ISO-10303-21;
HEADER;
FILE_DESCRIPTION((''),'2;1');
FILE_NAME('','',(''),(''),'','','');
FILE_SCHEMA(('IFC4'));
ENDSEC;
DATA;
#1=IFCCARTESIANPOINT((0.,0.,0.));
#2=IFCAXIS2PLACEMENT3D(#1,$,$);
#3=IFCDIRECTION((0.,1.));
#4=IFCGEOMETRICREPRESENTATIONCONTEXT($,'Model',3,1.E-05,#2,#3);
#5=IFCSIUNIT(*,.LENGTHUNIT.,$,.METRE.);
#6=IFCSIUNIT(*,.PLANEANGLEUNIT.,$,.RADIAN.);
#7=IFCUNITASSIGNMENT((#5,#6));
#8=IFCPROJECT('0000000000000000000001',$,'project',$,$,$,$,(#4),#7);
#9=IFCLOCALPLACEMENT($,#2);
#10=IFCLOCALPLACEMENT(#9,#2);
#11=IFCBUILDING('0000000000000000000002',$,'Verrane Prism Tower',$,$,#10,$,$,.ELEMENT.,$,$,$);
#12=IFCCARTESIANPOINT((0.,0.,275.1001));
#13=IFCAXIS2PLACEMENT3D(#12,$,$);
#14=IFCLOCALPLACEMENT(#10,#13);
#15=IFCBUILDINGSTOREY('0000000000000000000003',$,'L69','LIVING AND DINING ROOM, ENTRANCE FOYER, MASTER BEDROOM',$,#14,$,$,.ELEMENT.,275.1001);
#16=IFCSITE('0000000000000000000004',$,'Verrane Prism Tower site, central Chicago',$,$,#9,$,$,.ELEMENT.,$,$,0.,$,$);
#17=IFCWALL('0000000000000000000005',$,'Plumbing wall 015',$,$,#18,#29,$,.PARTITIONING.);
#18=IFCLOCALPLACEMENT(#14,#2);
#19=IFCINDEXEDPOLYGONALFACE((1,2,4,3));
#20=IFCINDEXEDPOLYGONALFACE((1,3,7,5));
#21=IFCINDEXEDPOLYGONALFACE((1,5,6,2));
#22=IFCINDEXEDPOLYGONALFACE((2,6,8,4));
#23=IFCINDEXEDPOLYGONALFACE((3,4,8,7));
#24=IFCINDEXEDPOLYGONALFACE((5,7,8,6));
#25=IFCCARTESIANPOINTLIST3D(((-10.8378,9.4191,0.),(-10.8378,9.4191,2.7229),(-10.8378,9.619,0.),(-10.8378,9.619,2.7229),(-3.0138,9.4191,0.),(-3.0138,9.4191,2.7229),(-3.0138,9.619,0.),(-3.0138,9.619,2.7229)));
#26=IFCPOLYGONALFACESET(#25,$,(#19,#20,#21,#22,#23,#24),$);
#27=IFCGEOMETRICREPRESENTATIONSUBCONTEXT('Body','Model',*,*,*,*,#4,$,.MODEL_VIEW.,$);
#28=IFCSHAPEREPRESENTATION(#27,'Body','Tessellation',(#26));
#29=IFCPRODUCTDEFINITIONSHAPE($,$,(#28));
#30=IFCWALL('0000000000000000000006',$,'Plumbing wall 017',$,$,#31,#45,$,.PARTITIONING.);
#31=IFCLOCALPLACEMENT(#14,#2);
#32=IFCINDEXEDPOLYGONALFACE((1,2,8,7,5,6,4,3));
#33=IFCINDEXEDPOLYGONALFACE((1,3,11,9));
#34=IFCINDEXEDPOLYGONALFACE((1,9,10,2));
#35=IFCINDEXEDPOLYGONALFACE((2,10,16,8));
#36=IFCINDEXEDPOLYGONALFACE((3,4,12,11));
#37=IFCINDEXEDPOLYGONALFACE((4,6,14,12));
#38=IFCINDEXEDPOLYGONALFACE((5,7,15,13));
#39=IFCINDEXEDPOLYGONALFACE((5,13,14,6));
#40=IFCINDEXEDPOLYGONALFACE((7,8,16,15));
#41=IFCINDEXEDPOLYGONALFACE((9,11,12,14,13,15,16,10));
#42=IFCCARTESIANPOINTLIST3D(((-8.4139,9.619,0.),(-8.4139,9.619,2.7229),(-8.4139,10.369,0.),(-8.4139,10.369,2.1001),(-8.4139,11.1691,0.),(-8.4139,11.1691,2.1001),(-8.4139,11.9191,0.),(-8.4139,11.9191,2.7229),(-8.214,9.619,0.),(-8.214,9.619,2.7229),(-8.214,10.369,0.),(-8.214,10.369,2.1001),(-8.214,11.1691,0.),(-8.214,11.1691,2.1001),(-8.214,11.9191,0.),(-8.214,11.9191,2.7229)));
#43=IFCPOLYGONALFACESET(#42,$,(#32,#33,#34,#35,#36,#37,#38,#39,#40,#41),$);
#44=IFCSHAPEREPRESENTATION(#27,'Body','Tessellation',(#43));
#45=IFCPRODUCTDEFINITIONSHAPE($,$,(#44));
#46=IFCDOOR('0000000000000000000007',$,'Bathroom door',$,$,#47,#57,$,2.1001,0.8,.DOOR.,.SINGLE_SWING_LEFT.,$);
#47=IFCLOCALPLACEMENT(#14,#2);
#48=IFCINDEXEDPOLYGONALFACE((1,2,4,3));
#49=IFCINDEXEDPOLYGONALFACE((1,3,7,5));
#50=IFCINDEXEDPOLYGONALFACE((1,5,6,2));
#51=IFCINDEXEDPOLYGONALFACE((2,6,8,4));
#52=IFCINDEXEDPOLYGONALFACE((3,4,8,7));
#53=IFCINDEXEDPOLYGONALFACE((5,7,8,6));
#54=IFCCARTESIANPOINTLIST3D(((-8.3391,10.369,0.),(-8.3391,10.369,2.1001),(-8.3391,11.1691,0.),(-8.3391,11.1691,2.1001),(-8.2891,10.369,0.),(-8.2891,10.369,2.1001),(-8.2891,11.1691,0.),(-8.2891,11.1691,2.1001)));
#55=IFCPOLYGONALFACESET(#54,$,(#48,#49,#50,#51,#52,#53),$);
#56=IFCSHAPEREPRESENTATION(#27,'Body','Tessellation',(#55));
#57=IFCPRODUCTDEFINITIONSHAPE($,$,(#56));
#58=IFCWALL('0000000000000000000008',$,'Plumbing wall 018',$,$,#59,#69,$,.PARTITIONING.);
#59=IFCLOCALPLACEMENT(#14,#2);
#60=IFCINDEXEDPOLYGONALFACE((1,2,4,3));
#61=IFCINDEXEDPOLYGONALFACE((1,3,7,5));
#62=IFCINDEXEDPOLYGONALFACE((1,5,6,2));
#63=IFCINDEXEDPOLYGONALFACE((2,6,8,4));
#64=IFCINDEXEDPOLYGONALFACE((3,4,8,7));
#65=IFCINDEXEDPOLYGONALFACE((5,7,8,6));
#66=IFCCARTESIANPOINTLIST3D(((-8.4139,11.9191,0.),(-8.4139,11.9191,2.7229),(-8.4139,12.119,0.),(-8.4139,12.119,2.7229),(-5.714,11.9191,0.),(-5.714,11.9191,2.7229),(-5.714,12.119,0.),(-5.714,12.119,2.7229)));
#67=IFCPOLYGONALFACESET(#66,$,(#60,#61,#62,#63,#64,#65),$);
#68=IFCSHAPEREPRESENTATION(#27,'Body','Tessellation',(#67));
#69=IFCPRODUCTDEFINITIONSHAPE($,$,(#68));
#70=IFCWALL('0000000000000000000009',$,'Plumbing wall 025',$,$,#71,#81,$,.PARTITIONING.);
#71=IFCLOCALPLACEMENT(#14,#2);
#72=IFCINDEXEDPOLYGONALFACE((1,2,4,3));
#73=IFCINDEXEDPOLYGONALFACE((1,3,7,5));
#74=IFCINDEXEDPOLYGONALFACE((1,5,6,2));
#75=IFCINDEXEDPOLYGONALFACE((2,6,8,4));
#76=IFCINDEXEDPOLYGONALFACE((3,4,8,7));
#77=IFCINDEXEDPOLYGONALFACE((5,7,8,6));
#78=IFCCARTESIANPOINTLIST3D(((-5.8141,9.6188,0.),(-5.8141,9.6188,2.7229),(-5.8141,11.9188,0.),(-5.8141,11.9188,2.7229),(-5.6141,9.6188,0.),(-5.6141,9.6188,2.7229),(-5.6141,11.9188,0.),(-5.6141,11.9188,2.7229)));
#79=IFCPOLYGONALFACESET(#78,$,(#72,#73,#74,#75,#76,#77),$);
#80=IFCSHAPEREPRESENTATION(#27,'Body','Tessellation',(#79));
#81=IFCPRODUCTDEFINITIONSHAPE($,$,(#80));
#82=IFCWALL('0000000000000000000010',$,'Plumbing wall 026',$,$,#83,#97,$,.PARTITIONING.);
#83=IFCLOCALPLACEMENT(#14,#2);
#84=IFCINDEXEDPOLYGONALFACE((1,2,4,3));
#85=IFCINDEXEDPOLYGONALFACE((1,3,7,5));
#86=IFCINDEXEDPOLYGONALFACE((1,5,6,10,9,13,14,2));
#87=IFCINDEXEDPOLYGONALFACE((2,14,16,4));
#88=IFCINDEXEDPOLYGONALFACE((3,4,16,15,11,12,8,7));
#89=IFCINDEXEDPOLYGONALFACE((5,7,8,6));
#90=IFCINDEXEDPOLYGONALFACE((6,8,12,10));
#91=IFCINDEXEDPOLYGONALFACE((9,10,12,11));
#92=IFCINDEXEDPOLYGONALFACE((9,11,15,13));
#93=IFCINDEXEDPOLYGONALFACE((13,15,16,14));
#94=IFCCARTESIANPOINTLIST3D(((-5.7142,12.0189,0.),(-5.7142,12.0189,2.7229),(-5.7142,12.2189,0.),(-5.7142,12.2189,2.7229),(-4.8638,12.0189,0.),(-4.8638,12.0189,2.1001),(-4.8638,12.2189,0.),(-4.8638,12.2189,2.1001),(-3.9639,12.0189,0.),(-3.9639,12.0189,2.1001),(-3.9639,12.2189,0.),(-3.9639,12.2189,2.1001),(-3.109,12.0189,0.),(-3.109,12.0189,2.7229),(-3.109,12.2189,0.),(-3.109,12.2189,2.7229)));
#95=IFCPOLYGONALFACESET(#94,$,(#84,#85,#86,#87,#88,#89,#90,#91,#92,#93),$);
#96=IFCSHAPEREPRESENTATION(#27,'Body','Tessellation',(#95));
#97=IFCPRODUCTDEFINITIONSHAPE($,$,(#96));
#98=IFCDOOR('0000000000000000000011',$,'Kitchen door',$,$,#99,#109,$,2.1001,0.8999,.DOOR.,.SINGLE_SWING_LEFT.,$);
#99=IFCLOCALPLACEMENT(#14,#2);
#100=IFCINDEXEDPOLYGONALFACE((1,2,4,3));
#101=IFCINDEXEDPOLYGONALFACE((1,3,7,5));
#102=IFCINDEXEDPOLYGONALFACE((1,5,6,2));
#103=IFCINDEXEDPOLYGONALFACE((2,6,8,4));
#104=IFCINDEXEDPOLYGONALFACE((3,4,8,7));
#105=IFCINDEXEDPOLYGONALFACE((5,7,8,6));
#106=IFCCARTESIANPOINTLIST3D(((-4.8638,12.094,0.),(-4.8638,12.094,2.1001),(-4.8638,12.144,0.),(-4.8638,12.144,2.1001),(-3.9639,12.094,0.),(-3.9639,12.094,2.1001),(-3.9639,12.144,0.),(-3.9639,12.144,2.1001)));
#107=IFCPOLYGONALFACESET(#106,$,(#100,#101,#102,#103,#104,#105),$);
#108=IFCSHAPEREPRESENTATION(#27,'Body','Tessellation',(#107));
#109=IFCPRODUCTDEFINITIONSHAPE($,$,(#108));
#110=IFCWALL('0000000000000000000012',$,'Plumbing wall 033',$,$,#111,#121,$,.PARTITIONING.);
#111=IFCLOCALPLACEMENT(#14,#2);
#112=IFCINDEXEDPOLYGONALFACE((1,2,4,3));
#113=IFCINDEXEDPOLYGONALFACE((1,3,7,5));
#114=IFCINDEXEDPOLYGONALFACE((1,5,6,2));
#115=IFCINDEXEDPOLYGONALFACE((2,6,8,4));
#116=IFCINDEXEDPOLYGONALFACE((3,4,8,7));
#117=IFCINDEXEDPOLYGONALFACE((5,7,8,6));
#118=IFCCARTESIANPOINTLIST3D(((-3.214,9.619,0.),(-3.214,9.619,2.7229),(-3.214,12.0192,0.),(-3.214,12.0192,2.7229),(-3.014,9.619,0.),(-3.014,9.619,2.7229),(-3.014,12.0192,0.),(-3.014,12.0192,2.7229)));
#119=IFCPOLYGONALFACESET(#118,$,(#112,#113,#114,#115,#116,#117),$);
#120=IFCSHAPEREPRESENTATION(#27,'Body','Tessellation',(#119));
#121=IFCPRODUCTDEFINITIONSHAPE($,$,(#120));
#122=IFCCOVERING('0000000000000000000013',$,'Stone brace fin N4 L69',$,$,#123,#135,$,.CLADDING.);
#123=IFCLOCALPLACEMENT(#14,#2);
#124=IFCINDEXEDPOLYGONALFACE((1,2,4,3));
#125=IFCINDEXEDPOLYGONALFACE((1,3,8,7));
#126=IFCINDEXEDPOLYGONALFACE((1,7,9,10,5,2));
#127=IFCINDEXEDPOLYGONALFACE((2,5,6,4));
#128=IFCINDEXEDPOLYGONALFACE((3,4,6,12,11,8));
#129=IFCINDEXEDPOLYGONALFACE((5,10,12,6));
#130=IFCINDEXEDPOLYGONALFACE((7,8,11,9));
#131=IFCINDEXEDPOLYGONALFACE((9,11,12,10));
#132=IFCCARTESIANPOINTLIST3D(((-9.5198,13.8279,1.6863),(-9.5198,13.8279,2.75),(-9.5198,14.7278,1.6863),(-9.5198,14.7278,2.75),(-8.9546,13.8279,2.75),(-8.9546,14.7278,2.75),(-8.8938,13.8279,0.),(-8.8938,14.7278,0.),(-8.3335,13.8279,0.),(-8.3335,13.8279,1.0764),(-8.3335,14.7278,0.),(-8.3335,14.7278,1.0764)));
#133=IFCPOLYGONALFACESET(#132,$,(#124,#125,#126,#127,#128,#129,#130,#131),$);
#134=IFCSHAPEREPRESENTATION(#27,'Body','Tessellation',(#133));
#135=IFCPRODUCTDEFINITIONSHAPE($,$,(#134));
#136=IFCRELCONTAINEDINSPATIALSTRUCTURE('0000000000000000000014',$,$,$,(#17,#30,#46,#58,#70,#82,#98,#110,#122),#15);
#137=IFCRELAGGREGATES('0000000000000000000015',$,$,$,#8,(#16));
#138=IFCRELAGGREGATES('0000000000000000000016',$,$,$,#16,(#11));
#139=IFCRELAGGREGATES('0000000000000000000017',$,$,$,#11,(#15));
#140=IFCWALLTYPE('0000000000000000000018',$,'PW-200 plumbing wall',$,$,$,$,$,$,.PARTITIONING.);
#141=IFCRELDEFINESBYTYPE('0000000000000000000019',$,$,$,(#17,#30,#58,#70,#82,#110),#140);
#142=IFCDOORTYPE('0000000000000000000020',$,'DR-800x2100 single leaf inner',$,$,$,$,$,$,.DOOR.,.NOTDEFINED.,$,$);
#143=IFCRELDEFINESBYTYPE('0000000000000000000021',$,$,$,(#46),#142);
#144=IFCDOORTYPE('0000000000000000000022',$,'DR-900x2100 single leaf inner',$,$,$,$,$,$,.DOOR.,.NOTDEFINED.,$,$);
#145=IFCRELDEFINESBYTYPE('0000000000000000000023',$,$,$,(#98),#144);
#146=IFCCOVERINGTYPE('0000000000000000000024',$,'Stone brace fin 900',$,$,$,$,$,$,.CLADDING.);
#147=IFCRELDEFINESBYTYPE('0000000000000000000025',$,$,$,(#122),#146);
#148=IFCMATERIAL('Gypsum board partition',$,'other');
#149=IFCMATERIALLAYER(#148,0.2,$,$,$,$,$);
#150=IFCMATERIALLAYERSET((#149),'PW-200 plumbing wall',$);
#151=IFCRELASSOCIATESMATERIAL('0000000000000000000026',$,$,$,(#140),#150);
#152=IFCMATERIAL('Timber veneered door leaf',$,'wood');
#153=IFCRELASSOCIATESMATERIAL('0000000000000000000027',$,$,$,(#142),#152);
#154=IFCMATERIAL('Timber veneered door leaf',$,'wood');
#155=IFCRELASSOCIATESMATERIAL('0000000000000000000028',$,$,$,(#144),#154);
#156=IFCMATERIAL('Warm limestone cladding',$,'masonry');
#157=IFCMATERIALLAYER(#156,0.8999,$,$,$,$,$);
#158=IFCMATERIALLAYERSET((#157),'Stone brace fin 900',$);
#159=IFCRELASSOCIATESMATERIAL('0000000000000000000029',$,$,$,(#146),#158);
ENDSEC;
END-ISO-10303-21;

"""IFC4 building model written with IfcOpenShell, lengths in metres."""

from ifc_helpers import new_model, si_unit, direction, frame, frame_2d, origin, place, context, subcontext, project, spatial, polyline, rectangle, outline, extrude, material, layer, layer_set, type_object, element, fill, save


model = new_model("IFC4")

# Units and contexts
model_context = context("Model", 3, precision=1e-05, world=origin(), true_north=direction((0.0, 1.0)))
body_context = subcontext(model_context, "Body", "Model", "MODEL_VIEW")
ifc_project = project(units=[si_unit("LENGTHUNIT", "METRE"), si_unit("PLANEANGLEUNIT", "RADIAN")], contexts=[model_context])

# Site, building, storey
site_placement = place(None, origin())
site = spatial("IfcSite", under=ifc_project, at=site_placement, Name="Verrane Prism Tower site, central Chicago", CompositionType="ELEMENT", RefElevation=0.0)
building_placement = place(site_placement, origin())
building = spatial("IfcBuilding", under=site, at=building_placement, Name="Verrane Prism Tower", CompositionType="ELEMENT")
storey_placement = place(building_placement, frame((0.0, 0.0, 275.1001)))
storey = spatial("IfcBuildingStorey", under=building, at=storey_placement, Name="L69", Description="LIVING AND DINING ROOM, ENTRANCE FOYER, MASTER BEDROOM", CompositionType="ELEMENT", Elevation=275.1001)

# Wall
ifc_material_1 = material(Name="Gypsum board partition", Category="other")
ifc_layer_1 = layer(ifc_material_1, 0.2)
ifc_layer_set_1 = layer_set([ifc_layer_1], Name="PW-200 plumbing wall")
wall_type_1 = type_object("IfcWallType", Name="PW-200 plumbing wall", PredefinedType="PARTITIONING", material=ifc_layer_set_1)
wall_1_placement = place(storey_placement, frame((-10.8379, 9.519, 0.0), z_axis=(0.0, 0.0, 1.0), x_axis=(1.0, 0.0, 0.0)))
element("IfcWall", 1, at=wall_1_placement, inside=storey, type_object=wall_type_1, Name="Plumbing wall 015", PredefinedType="PARTITIONING", context=body_context, shape_type="SweptSolid", body=[
    extrude(rectangle(XDim=7.824, YDim=0.2, at=frame_2d((3.9121, 0.0))), origin(), (0.0, 0.0, 1.0), 2.7229),
])

# Wall, opening, door
wall_2_placement = place(storey_placement, frame((-8.314, 11.9189, 0.0), z_axis=(0.0, 0.0, 1.0), x_axis=(0.0, -1.0, 0.0)))
wall_2 = element("IfcWall", 2, at=wall_2_placement, inside=storey, type_object=wall_type_1, Name="Plumbing wall 017", PredefinedType="PARTITIONING", context=body_context, shape_type="SweptSolid", body=[
    extrude(rectangle(XDim=2.3, YDim=0.2, at=frame_2d((1.1499, 0.0))), origin(), (0.0, 0.0, 1.0), 2.7229),
])
opening_1_placement = place(wall_2_placement, frame((0.75, 0.0, 0.0)))
opening_1 = element("IfcOpeningElement", 3, at=opening_1_placement, cuts=wall_2, PredefinedType="OPENING", context=body_context, shape_type="SweptSolid", body=[
    extrude(rectangle(XDim=0.8, YDim=2.1001, at=frame_2d((0.3999, 1.05))), frame((0.0, 0.1099, 0.0), z_axis=(0.0, -1.0, 0.0), x_axis=(1.0, 0.0, 0.0)), (0.0, 0.0, 1.0), 0.22),
])
ifc_material_2 = material(Name="Timber veneered door leaf", Category="wood")
door_type_1 = type_object("IfcDoorType", Name="DR-800x2100 single leaf inner", OperationType="NOTDEFINED", PredefinedType="DOOR", material=ifc_material_2)
door_1_placement = place(opening_1_placement, origin())
door_1 = element("IfcDoor", 4, at=door_1_placement, inside=storey, type_object=door_type_1, Name="Bathroom door", OperationType="SINGLE_SWING_LEFT", OverallHeight=2.1001, OverallWidth=0.8, PredefinedType="DOOR", context=body_context, shape_type="SweptSolid", body=[
    extrude(rectangle(XDim=0.8, YDim=2.1001, at=frame_2d((0.3999, 1.05))), frame((0.0, 0.0249, 0.0), z_axis=(0.0, -1.0, 0.0), x_axis=(1.0, 0.0, 0.0)), (0.0, 0.0, 1.0), 0.05),
])
fill(opening_1, door_1)

# Walls
wall_3_placement = place(storey_placement, frame((-8.4141, 12.019, 0.0), z_axis=(0.0, 0.0, 1.0), x_axis=(1.0, 0.0, 0.0)))
element("IfcWall", 5, at=wall_3_placement, inside=storey, type_object=wall_type_1, Name="Plumbing wall 018", PredefinedType="PARTITIONING", context=body_context, shape_type="SweptSolid", body=[
    extrude(rectangle(XDim=2.7, YDim=0.2, at=frame_2d((1.3501, 0.0))), origin(), (0.0, 0.0, 1.0), 2.7229),
])
wall_4_placement = place(storey_placement, frame((-5.7141, 9.6189, 0.0), z_axis=(0.0, 0.0, 1.0), x_axis=(0.0, 1.0, 0.0)))
element("IfcWall", 6, at=wall_4_placement, inside=storey, type_object=wall_type_1, Name="Plumbing wall 025", PredefinedType="PARTITIONING", context=body_context, shape_type="SweptSolid", body=[
    extrude(rectangle(XDim=2.3, YDim=0.2, at=frame_2d((1.1499, 0.0))), origin(), (0.0, 0.0, 1.0), 2.7229),
])

# Wall, opening, door
wall_5_placement = place(storey_placement, frame((-3.1089, 12.1189, 0.0), z_axis=(0.0, 0.0, 1.0), x_axis=(-1.0, 0.0, 0.0)))
wall_5 = element("IfcWall", 7, at=wall_5_placement, inside=storey, type_object=wall_type_1, Name="Plumbing wall 026", PredefinedType="PARTITIONING", context=body_context, shape_type="SweptSolid", body=[
    extrude(rectangle(XDim=2.6052, YDim=0.2, at=frame_2d((1.3027, 0.0))), origin(), (0.0, 0.0, 1.0), 2.7229),
])
opening_2_placement = place(wall_5_placement, frame((0.855, 0.0, 0.0)))
opening_2 = element("IfcOpeningElement", 8, at=opening_2_placement, cuts=wall_5, PredefinedType="OPENING", context=body_context, shape_type="SweptSolid", body=[
    extrude(rectangle(XDim=0.8999, YDim=2.1001, at=frame_2d((0.45, 1.05))), frame((0.0, 0.1099, 0.0), z_axis=(0.0, -1.0, 0.0), x_axis=(1.0, 0.0, 0.0)), (0.0, 0.0, 1.0), 0.22),
])
ifc_material_3 = material(Name="Timber veneered door leaf", Category="wood")
door_type_2 = type_object("IfcDoorType", Name="DR-900x2100 single leaf inner", OperationType="NOTDEFINED", PredefinedType="DOOR", material=ifc_material_3)
door_2_placement = place(opening_2_placement, origin())
door_2 = element("IfcDoor", 9, at=door_2_placement, inside=storey, type_object=door_type_2, Name="Kitchen door", OperationType="SINGLE_SWING_LEFT", OverallHeight=2.1001, OverallWidth=0.8999, PredefinedType="DOOR", context=body_context, shape_type="SweptSolid", body=[
    extrude(rectangle(XDim=0.8999, YDim=2.1001, at=frame_2d((0.45, 1.05))), frame((0.0, 0.0249, 0.0), z_axis=(0.0, -1.0, 0.0), x_axis=(1.0, 0.0, 0.0)), (0.0, 0.0, 1.0), 0.05),
])
fill(opening_2, door_2)

# Wall
wall_6_placement = place(storey_placement, frame((-3.114, 9.6189, 0.0), z_axis=(0.0, 0.0, 1.0), x_axis=(0.0, 1.0, 0.0)))
element("IfcWall", 10, at=wall_6_placement, inside=storey, type_object=wall_type_1, Name="Plumbing wall 033", PredefinedType="PARTITIONING", context=body_context, shape_type="SweptSolid", body=[
    extrude(rectangle(XDim=2.4001, YDim=0.2, at=frame_2d((1.2002, 0.0))), origin(), (0.0, 0.0, 1.0), 2.7229),
])

# Covering
ifc_material_4 = material(Name="Warm limestone cladding", Category="masonry")
ifc_layer_2 = layer(ifc_material_4, 0.8999)
ifc_layer_set_2 = layer_set([ifc_layer_2], Name="Stone brace fin 900")
covering_type = type_object("IfcCoveringType", Name="Stone brace fin 900", PredefinedType="CLADDING", material=ifc_layer_set_2)
covering_placement = place(storey_placement, frame((-8.3335, 14.2778, 0.0), z_axis=(0.0, 0.0, 1.0), x_axis=(-1.0, 0.0, 0.0)))
element("IfcCovering", 11, at=covering_placement, inside=storey, type_object=covering_type, Name="Stone brace fin N4 L69", PredefinedType="CLADDING", context=body_context, shape_type="SweptSolid", body=[
    extrude(outline(polyline([(1.1863, 2.75), (0.6211, 2.75), (0.0, 1.0764), (0.0, 0.0), (0.5603, 0.0), (1.1863, 1.6863), (1.1863, 2.75)])), frame((0.0, 0.45, 0.0), z_axis=(0.0, -1.0, 0.0), x_axis=(1.0, 0.0, 0.0)), (0.0, 0.0, 1.0), 0.8999),
])

save(model, "model.ifc")
